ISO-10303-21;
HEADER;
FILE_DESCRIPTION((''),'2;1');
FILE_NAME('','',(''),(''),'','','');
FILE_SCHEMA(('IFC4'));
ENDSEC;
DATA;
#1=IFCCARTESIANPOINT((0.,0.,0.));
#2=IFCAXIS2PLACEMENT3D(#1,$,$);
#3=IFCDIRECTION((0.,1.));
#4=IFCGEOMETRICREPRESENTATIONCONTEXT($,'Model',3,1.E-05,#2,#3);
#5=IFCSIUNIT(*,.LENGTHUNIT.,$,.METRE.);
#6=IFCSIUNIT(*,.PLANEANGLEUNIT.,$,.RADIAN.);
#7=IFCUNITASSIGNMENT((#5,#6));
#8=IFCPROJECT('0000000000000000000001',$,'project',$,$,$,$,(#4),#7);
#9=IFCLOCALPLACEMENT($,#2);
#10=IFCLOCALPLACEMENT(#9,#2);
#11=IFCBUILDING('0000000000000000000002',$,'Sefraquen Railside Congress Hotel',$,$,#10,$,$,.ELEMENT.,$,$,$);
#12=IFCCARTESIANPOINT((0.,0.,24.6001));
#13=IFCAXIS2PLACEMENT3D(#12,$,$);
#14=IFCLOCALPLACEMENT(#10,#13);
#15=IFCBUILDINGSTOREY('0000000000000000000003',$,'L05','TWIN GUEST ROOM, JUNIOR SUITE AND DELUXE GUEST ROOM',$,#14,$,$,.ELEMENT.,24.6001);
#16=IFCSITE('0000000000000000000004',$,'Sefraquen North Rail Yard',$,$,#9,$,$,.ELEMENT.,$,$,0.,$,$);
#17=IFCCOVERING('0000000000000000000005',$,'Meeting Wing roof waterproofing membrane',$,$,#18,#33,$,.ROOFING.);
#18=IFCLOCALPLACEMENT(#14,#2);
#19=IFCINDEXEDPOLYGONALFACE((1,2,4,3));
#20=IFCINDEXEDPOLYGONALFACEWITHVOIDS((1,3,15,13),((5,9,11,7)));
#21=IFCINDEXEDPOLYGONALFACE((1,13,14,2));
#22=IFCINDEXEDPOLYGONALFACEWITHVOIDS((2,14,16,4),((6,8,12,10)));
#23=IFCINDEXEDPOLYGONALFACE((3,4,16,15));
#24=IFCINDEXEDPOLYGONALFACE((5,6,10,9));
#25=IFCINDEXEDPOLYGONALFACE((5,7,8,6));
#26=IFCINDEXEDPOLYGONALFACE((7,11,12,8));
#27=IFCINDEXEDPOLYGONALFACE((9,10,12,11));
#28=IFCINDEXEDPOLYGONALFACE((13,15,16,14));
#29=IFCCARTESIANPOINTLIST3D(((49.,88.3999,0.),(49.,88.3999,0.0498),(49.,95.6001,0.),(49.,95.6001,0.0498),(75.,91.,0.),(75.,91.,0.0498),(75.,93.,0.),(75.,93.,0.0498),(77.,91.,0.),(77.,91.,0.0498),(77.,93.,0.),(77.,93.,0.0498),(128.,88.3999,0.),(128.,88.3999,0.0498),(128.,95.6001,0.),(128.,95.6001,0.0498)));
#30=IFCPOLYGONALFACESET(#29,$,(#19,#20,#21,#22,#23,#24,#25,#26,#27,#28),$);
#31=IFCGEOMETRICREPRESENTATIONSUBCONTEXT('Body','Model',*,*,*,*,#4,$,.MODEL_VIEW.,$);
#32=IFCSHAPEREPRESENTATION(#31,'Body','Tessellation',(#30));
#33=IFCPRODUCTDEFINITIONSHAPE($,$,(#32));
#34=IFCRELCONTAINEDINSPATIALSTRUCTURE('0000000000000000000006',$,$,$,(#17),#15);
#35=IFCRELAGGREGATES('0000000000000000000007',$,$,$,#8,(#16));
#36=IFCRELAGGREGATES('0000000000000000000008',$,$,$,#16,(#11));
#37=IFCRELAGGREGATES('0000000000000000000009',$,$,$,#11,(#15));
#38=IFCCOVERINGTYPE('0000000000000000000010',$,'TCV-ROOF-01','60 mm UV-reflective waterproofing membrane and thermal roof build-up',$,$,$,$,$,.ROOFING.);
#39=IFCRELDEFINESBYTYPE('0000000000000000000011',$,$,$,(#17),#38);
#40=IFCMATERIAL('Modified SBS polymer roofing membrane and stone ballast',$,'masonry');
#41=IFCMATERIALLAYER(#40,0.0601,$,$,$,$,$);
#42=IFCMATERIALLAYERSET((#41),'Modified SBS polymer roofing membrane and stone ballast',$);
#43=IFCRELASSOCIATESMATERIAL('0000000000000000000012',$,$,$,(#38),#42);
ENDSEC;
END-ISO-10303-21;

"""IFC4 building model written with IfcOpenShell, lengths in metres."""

from ifc_helpers import new_model, si_unit, direction, frame, origin, place, context, subcontext, project, spatial, polyline, outline, extrude, material, layer, layer_set, type_object, element, save


model = new_model("IFC4")

# Units and contexts
model_context = context("Model", 3, precision=1e-05, world=origin(), true_north=direction((0.0, 1.0)))
body_context = subcontext(model_context, "Body", "Model", "MODEL_VIEW")
ifc_project = project(units=[si_unit("LENGTHUNIT", "METRE"), si_unit("PLANEANGLEUNIT", "RADIAN")], contexts=[model_context])

# Site, building, storey
site_placement = place(None, origin())
site = spatial("IfcSite", under=ifc_project, at=site_placement, Name="Sefraquen North Rail Yard", CompositionType="ELEMENT", RefElevation=0.0)
building_placement = place(site_placement, origin())
building = spatial("IfcBuilding", under=site, at=building_placement, Name="Sefraquen Railside Congress Hotel", CompositionType="ELEMENT")
storey_placement = place(building_placement, frame((0.0, 0.0, 24.6001)))
storey = spatial("IfcBuildingStorey", under=building, at=storey_placement, Name="L05", Description="TWIN GUEST ROOM, JUNIOR SUITE AND DELUXE GUEST ROOM", CompositionType="ELEMENT", Elevation=24.6001)

# Covering
ifc_material_1 = material(Name="Modified SBS polymer roofing membrane and stone ballast", Category="masonry")
ifc_layer_1 = layer(ifc_material_1, 0.0601)
ifc_layer_set_1 = layer_set([ifc_layer_1], Name="Modified SBS polymer roofing membrane and stone ballast")
covering_type_1 = type_object("IfcCoveringType", Name="TCV-ROOF-01", Description="60 mm UV-reflective waterproofing membrane and thermal roof build-up", PredefinedType="ROOFING", material=ifc_layer_set_1)
covering_1_placement = place(storey_placement, origin())
element("IfcCovering", 1, at=covering_1_placement, inside=storey, type_object=covering_type_1, Name="Meeting Wing roof waterproofing membrane", PredefinedType="ROOFING", context=body_context, shape_type="SweptSolid", body=[
    extrude(outline(polyline([(49.0, 88.3999), (128.0, 88.3999), (128.0, 95.6001), (49.0, 95.6001), (49.0, 88.3999)]), holes=[polyline([(75.0, 91.0), (77.0, 91.0), (77.0, 93.0), (75.0, 93.0), (75.0, 91.0)])]), origin(), (0.0, 0.0, 1.0), 0.0498),
])

save(model, "model.ifc")
